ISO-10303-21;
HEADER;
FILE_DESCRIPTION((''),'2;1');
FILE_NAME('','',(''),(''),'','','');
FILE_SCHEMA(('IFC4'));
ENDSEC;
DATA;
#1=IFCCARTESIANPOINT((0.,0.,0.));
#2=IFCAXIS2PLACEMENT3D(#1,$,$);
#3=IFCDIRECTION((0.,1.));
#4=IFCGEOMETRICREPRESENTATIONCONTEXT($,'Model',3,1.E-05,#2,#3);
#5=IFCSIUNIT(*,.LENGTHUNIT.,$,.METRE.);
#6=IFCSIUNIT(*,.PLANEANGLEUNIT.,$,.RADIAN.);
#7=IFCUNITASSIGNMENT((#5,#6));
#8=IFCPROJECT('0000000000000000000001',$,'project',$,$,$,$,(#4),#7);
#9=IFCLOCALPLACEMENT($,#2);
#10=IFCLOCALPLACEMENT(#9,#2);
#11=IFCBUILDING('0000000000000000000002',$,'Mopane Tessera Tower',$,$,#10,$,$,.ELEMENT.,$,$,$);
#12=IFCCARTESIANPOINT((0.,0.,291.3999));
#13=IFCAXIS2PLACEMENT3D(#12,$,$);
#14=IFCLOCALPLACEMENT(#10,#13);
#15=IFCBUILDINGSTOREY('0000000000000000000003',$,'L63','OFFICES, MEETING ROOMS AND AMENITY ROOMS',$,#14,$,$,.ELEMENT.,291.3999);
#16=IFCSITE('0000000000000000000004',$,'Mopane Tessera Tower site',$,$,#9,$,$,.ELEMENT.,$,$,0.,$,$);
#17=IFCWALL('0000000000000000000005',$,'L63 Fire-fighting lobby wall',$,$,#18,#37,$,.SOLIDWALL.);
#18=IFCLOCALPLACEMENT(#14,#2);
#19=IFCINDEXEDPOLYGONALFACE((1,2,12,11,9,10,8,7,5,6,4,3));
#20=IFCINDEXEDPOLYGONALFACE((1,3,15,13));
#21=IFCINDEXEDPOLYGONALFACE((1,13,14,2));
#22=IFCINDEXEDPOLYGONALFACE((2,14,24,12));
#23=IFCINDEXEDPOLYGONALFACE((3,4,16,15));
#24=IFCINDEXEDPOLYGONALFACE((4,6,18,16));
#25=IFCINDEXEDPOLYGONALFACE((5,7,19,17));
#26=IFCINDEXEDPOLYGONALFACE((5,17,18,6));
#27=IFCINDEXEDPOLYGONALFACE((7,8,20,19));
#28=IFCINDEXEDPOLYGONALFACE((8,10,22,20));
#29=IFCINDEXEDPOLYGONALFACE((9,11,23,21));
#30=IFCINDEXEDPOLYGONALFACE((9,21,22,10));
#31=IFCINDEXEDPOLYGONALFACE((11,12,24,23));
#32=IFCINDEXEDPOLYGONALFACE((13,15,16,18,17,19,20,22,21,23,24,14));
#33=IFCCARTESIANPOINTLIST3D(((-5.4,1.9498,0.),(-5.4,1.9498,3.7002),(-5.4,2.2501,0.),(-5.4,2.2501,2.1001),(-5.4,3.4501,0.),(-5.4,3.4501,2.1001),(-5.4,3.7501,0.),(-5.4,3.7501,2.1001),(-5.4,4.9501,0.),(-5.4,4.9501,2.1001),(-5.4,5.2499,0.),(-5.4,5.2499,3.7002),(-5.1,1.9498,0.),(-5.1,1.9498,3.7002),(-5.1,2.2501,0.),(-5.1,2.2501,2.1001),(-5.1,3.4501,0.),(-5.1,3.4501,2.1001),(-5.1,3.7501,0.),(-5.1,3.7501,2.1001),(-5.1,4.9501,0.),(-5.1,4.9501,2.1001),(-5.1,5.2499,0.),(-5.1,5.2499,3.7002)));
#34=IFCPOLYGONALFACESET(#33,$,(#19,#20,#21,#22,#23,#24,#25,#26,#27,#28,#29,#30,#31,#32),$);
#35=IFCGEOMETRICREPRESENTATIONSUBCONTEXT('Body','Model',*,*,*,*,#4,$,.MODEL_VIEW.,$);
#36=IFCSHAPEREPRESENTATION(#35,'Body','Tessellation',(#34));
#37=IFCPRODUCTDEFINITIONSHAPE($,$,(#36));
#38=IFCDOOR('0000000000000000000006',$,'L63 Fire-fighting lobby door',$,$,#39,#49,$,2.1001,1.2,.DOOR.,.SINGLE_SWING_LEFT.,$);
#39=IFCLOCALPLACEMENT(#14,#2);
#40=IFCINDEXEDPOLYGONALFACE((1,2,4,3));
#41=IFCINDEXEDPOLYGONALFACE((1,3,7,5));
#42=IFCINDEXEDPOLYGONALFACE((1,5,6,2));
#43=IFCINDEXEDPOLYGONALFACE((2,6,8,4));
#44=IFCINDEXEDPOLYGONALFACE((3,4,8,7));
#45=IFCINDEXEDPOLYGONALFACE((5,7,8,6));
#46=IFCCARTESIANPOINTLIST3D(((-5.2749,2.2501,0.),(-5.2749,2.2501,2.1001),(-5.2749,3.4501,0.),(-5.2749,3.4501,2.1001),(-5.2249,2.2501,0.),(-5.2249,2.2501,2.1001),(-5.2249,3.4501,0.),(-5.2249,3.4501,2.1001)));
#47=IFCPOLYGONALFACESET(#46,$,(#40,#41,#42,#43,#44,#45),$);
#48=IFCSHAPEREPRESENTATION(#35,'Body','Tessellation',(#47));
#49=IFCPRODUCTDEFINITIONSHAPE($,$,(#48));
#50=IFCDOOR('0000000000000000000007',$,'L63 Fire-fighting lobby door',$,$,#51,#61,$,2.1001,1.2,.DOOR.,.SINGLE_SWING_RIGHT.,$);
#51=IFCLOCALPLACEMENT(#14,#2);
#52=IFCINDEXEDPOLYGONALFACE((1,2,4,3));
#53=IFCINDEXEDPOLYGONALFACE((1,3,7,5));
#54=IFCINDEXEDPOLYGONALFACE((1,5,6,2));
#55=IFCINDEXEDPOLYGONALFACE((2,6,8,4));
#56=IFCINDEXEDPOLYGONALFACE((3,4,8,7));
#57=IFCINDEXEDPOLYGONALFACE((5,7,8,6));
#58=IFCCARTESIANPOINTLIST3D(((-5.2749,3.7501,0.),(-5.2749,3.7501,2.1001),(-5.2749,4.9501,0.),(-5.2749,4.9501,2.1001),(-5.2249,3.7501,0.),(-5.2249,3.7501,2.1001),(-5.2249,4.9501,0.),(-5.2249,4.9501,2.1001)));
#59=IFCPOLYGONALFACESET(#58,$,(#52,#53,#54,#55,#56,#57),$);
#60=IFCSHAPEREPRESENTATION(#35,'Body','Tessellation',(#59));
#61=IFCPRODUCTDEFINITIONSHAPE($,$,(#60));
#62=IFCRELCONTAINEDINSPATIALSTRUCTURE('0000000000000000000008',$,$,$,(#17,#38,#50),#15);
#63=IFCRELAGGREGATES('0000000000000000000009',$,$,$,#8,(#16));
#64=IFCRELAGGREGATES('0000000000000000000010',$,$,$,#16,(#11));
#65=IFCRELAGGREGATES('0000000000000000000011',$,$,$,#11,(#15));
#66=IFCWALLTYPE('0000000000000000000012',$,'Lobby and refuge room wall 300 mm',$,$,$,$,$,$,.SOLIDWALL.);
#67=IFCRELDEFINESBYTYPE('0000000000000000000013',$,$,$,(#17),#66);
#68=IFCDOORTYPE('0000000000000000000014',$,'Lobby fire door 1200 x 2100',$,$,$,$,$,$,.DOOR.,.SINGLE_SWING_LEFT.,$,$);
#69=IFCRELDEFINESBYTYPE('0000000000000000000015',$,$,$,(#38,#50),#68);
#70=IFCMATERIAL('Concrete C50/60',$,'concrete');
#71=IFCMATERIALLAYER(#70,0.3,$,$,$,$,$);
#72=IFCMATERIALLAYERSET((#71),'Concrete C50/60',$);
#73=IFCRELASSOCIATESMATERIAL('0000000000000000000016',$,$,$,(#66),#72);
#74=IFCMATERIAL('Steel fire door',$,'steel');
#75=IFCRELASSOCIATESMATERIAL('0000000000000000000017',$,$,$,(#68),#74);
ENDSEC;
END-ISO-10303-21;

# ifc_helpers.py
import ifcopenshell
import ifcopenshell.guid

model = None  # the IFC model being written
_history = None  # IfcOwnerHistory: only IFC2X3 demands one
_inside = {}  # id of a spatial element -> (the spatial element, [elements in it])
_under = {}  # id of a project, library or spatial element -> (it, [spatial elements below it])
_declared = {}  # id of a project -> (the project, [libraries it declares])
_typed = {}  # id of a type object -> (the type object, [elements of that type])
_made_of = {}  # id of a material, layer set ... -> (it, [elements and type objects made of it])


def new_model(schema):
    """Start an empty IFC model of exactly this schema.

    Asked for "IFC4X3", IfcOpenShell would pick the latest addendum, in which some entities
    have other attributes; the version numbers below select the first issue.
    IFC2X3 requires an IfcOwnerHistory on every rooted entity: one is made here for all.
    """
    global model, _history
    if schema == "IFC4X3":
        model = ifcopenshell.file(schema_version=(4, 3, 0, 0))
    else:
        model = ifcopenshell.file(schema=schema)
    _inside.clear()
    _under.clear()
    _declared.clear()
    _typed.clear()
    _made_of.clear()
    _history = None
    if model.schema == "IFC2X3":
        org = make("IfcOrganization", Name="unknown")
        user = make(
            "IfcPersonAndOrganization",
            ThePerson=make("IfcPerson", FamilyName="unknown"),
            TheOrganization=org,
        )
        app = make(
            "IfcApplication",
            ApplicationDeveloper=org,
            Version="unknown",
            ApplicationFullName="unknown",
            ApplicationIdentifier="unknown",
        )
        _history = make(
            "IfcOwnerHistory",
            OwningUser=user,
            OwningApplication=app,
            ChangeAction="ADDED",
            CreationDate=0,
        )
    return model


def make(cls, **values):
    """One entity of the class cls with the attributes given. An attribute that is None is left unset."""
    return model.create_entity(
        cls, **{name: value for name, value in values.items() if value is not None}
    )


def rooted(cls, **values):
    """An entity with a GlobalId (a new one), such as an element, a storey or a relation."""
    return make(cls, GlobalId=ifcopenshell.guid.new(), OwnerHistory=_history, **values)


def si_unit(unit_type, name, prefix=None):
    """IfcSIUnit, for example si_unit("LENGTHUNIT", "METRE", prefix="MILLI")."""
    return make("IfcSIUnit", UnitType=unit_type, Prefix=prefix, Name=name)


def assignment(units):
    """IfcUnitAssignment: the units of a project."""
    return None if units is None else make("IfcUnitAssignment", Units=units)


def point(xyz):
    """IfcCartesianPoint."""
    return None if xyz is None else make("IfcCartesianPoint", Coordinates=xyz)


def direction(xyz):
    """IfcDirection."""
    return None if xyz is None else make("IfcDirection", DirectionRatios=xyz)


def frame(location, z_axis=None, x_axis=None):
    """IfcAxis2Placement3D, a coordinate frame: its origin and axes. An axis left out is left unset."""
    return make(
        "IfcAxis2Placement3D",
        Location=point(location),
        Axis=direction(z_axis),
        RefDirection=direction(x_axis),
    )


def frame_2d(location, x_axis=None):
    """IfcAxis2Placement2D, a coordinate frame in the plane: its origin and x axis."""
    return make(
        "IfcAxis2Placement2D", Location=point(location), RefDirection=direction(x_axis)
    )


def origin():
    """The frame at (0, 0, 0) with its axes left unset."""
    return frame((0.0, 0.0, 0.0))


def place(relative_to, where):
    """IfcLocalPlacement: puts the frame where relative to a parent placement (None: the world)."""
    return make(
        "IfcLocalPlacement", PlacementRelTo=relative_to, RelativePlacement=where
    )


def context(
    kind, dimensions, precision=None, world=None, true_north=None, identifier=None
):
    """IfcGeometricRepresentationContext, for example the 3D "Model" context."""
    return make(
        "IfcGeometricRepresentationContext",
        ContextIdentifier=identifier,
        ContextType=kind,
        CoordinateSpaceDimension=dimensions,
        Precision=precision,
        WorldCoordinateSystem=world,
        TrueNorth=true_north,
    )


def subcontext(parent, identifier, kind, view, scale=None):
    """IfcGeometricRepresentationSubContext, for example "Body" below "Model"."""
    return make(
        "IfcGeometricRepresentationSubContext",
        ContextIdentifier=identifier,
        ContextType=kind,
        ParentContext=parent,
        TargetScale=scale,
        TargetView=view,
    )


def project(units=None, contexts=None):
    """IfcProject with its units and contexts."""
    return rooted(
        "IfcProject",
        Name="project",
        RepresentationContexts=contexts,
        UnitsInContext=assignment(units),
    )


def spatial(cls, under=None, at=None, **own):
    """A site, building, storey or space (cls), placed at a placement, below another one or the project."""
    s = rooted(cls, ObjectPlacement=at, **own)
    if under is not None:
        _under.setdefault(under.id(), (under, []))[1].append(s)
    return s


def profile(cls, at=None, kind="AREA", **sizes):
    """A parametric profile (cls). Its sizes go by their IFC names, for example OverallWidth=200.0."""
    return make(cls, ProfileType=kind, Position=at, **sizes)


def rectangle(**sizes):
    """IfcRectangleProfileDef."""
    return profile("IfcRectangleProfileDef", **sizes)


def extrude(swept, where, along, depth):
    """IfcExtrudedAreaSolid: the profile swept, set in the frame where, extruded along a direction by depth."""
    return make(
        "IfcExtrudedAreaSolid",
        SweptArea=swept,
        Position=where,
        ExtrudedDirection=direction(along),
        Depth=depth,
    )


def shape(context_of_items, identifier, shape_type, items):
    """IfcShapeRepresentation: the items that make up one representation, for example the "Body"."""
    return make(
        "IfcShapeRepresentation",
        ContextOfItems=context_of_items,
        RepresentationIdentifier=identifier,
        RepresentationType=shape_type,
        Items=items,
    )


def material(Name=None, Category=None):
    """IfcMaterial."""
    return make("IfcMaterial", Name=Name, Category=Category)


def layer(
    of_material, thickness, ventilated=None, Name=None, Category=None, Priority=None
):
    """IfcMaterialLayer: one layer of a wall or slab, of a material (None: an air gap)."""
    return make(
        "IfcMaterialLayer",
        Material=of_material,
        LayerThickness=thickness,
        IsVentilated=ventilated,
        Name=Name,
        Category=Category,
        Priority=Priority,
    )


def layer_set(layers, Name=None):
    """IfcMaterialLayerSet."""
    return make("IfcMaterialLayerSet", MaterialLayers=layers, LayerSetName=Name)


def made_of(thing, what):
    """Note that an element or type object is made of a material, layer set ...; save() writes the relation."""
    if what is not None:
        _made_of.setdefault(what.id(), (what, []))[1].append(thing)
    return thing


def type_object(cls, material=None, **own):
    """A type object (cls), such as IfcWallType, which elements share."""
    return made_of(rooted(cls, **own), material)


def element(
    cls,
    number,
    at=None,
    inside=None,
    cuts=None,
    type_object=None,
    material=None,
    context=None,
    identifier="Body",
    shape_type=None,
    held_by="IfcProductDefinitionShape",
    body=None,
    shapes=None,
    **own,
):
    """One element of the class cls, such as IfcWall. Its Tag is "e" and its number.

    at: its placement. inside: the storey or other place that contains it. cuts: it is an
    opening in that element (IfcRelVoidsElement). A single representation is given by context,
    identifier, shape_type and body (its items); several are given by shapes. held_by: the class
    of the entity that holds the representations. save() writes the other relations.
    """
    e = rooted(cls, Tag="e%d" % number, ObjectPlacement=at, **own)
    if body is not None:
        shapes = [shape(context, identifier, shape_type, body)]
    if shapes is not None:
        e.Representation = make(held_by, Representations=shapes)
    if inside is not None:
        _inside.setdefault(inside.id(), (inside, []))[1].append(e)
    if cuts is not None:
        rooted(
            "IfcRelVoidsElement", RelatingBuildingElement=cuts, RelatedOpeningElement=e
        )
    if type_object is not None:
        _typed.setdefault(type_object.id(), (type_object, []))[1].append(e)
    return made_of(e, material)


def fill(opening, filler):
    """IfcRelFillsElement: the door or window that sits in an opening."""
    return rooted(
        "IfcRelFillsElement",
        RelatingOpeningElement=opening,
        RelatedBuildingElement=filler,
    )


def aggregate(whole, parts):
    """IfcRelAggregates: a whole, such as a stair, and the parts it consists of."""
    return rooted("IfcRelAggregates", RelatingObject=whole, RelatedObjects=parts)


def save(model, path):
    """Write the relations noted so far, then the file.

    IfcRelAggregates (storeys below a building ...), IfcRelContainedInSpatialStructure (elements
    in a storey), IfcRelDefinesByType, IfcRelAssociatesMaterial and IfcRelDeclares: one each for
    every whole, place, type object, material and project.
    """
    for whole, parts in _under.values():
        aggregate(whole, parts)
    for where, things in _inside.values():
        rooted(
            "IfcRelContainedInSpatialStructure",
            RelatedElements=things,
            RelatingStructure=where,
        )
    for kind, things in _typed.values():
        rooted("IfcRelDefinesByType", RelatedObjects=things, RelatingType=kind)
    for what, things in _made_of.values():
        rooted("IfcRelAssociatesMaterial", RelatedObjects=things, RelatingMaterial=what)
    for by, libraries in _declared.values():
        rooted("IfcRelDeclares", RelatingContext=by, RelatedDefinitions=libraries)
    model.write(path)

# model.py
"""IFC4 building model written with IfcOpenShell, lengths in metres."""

from ifc_helpers import new_model, si_unit, direction, frame, frame_2d, origin, place, context, subcontext, project, spatial, rectangle, extrude, material, layer, layer_set, type_object, element, fill, save


model = new_model("IFC4")

# Units and contexts
model_context = context("Model", 3, precision=1e-05, world=origin(), true_north=direction((0.0, 1.0)))
body_context = subcontext(model_context, "Body", "Model", "MODEL_VIEW")
ifc_project = project(units=[si_unit("LENGTHUNIT", "METRE"), si_unit("PLANEANGLEUNIT", "RADIAN")], contexts=[model_context])

# Site, building, storey
site_placement = place(None, origin())
site = spatial("IfcSite", under=ifc_project, at=site_placement, Name="Mopane Tessera Tower site", CompositionType="ELEMENT", RefElevation=0.0)
building_placement = place(site_placement, origin())
building = spatial("IfcBuilding", under=site, at=building_placement, Name="Mopane Tessera Tower", CompositionType="ELEMENT")
storey_placement = place(building_placement, frame((0.0, 0.0, 291.3999)))
storey = spatial("IfcBuildingStorey", under=building, at=storey_placement, Name="L63", Description="OFFICES, MEETING ROOMS AND AMENITY ROOMS", CompositionType="ELEMENT", Elevation=291.3999)

# Wall, openings, doors
ifc_material_1 = material(Name="Concrete C50/60", Category="concrete")
ifc_layer_1 = layer(ifc_material_1, 0.3)
ifc_layer_set_1 = layer_set([ifc_layer_1], Name="Concrete C50/60")
wall_type_1 = type_object("IfcWallType", Name="Lobby and refuge room wall 300 mm", PredefinedType="SOLIDWALL", material=ifc_layer_set_1)
wall_1_placement = place(storey_placement, frame((-5.25, 1.95, 0.0), z_axis=(0.0, 0.0, 1.0), x_axis=(0.0, 1.0, 0.0)))
wall_1 = element("IfcWall", 1, at=wall_1_placement, inside=storey, type_object=wall_type_1, Name="L63 Fire-fighting lobby wall", PredefinedType="SOLIDWALL", context=body_context, shape_type="SweptSolid", body=[
    extrude(rectangle(XDim=3.3, YDim=0.3, at=frame_2d((1.6499, 0.0))), origin(), (0.0, 0.0, 1.0), 3.7002),
])
opening_1_placement = place(wall_1_placement, frame((0.3, 0.0, 0.0)))
opening_1 = element("IfcOpeningElement", 2, at=opening_1_placement, cuts=wall_1, PredefinedType="OPENING", context=body_context, shape_type="SweptSolid", body=[
    extrude(rectangle(XDim=1.2, YDim=2.1001, at=frame_2d((0.6001, 1.05))), frame((0.0, 0.1621, 0.0), z_axis=(0.0, -1.0, 0.0), x_axis=(1.0, 0.0, 0.0)), (0.0, 0.0, 1.0), 0.324),
])
opening_2_placement = place(wall_1_placement, frame((1.8, 0.0, 0.0)))
opening_2 = element("IfcOpeningElement", 3, at=opening_2_placement, cuts=wall_1, PredefinedType="OPENING", context=body_context, shape_type="SweptSolid", body=[
    extrude(rectangle(XDim=1.2, YDim=2.1001, at=frame_2d((0.6001, 1.05))), frame((0.0, 0.1621, 0.0), z_axis=(0.0, -1.0, 0.0), x_axis=(1.0, 0.0, 0.0)), (0.0, 0.0, 1.0), 0.324),
])
ifc_material_2 = material(Name="Steel fire door", Category="steel")
door_type = type_object("IfcDoorType", Name="Lobby fire door 1200 x 2100", OperationType="SINGLE_SWING_LEFT", PredefinedType="DOOR", material=ifc_material_2)
door_1_placement = place(opening_1_placement, origin())
door_1 = element("IfcDoor", 4, at=door_1_placement, inside=storey, type_object=door_type, Name="L63 Fire-fighting lobby door", OperationType="SINGLE_SWING_LEFT", OverallHeight=2.1001, OverallWidth=1.2, PredefinedType="DOOR", context=body_context, shape_type="SweptSolid", body=[
    extrude(rectangle(XDim=1.2, YDim=2.1001, at=frame_2d((0.6001, 1.05))), frame((0.0, 0.0249, 0.0), z_axis=(0.0, -1.0, 0.0), x_axis=(1.0, 0.0, 0.0)), (0.0, 0.0, 1.0), 0.05),
])
fill(opening_1, door_1)
door_2_placement = place(opening_2_placement, origin())
door_2 = element("IfcDoor", 5, at=door_2_placement, inside=storey, type_object=door_type, Name="L63 Fire-fighting lobby door", OperationType="SINGLE_SWING_RIGHT", OverallHeight=2.1001, OverallWidth=1.2, PredefinedType="DOOR", context=body_context, shape_type="SweptSolid", body=[
    extrude(rectangle(XDim=1.2, YDim=2.1001, at=frame_2d((0.6001, 1.05))), frame((0.0, 0.0249, 0.0), z_axis=(0.0, -1.0, 0.0), x_axis=(1.0, 0.0, 0.0)), (0.0, 0.0, 1.0), 0.05),
])
fill(opening_2, door_2)

save(model, "model.ifc")
